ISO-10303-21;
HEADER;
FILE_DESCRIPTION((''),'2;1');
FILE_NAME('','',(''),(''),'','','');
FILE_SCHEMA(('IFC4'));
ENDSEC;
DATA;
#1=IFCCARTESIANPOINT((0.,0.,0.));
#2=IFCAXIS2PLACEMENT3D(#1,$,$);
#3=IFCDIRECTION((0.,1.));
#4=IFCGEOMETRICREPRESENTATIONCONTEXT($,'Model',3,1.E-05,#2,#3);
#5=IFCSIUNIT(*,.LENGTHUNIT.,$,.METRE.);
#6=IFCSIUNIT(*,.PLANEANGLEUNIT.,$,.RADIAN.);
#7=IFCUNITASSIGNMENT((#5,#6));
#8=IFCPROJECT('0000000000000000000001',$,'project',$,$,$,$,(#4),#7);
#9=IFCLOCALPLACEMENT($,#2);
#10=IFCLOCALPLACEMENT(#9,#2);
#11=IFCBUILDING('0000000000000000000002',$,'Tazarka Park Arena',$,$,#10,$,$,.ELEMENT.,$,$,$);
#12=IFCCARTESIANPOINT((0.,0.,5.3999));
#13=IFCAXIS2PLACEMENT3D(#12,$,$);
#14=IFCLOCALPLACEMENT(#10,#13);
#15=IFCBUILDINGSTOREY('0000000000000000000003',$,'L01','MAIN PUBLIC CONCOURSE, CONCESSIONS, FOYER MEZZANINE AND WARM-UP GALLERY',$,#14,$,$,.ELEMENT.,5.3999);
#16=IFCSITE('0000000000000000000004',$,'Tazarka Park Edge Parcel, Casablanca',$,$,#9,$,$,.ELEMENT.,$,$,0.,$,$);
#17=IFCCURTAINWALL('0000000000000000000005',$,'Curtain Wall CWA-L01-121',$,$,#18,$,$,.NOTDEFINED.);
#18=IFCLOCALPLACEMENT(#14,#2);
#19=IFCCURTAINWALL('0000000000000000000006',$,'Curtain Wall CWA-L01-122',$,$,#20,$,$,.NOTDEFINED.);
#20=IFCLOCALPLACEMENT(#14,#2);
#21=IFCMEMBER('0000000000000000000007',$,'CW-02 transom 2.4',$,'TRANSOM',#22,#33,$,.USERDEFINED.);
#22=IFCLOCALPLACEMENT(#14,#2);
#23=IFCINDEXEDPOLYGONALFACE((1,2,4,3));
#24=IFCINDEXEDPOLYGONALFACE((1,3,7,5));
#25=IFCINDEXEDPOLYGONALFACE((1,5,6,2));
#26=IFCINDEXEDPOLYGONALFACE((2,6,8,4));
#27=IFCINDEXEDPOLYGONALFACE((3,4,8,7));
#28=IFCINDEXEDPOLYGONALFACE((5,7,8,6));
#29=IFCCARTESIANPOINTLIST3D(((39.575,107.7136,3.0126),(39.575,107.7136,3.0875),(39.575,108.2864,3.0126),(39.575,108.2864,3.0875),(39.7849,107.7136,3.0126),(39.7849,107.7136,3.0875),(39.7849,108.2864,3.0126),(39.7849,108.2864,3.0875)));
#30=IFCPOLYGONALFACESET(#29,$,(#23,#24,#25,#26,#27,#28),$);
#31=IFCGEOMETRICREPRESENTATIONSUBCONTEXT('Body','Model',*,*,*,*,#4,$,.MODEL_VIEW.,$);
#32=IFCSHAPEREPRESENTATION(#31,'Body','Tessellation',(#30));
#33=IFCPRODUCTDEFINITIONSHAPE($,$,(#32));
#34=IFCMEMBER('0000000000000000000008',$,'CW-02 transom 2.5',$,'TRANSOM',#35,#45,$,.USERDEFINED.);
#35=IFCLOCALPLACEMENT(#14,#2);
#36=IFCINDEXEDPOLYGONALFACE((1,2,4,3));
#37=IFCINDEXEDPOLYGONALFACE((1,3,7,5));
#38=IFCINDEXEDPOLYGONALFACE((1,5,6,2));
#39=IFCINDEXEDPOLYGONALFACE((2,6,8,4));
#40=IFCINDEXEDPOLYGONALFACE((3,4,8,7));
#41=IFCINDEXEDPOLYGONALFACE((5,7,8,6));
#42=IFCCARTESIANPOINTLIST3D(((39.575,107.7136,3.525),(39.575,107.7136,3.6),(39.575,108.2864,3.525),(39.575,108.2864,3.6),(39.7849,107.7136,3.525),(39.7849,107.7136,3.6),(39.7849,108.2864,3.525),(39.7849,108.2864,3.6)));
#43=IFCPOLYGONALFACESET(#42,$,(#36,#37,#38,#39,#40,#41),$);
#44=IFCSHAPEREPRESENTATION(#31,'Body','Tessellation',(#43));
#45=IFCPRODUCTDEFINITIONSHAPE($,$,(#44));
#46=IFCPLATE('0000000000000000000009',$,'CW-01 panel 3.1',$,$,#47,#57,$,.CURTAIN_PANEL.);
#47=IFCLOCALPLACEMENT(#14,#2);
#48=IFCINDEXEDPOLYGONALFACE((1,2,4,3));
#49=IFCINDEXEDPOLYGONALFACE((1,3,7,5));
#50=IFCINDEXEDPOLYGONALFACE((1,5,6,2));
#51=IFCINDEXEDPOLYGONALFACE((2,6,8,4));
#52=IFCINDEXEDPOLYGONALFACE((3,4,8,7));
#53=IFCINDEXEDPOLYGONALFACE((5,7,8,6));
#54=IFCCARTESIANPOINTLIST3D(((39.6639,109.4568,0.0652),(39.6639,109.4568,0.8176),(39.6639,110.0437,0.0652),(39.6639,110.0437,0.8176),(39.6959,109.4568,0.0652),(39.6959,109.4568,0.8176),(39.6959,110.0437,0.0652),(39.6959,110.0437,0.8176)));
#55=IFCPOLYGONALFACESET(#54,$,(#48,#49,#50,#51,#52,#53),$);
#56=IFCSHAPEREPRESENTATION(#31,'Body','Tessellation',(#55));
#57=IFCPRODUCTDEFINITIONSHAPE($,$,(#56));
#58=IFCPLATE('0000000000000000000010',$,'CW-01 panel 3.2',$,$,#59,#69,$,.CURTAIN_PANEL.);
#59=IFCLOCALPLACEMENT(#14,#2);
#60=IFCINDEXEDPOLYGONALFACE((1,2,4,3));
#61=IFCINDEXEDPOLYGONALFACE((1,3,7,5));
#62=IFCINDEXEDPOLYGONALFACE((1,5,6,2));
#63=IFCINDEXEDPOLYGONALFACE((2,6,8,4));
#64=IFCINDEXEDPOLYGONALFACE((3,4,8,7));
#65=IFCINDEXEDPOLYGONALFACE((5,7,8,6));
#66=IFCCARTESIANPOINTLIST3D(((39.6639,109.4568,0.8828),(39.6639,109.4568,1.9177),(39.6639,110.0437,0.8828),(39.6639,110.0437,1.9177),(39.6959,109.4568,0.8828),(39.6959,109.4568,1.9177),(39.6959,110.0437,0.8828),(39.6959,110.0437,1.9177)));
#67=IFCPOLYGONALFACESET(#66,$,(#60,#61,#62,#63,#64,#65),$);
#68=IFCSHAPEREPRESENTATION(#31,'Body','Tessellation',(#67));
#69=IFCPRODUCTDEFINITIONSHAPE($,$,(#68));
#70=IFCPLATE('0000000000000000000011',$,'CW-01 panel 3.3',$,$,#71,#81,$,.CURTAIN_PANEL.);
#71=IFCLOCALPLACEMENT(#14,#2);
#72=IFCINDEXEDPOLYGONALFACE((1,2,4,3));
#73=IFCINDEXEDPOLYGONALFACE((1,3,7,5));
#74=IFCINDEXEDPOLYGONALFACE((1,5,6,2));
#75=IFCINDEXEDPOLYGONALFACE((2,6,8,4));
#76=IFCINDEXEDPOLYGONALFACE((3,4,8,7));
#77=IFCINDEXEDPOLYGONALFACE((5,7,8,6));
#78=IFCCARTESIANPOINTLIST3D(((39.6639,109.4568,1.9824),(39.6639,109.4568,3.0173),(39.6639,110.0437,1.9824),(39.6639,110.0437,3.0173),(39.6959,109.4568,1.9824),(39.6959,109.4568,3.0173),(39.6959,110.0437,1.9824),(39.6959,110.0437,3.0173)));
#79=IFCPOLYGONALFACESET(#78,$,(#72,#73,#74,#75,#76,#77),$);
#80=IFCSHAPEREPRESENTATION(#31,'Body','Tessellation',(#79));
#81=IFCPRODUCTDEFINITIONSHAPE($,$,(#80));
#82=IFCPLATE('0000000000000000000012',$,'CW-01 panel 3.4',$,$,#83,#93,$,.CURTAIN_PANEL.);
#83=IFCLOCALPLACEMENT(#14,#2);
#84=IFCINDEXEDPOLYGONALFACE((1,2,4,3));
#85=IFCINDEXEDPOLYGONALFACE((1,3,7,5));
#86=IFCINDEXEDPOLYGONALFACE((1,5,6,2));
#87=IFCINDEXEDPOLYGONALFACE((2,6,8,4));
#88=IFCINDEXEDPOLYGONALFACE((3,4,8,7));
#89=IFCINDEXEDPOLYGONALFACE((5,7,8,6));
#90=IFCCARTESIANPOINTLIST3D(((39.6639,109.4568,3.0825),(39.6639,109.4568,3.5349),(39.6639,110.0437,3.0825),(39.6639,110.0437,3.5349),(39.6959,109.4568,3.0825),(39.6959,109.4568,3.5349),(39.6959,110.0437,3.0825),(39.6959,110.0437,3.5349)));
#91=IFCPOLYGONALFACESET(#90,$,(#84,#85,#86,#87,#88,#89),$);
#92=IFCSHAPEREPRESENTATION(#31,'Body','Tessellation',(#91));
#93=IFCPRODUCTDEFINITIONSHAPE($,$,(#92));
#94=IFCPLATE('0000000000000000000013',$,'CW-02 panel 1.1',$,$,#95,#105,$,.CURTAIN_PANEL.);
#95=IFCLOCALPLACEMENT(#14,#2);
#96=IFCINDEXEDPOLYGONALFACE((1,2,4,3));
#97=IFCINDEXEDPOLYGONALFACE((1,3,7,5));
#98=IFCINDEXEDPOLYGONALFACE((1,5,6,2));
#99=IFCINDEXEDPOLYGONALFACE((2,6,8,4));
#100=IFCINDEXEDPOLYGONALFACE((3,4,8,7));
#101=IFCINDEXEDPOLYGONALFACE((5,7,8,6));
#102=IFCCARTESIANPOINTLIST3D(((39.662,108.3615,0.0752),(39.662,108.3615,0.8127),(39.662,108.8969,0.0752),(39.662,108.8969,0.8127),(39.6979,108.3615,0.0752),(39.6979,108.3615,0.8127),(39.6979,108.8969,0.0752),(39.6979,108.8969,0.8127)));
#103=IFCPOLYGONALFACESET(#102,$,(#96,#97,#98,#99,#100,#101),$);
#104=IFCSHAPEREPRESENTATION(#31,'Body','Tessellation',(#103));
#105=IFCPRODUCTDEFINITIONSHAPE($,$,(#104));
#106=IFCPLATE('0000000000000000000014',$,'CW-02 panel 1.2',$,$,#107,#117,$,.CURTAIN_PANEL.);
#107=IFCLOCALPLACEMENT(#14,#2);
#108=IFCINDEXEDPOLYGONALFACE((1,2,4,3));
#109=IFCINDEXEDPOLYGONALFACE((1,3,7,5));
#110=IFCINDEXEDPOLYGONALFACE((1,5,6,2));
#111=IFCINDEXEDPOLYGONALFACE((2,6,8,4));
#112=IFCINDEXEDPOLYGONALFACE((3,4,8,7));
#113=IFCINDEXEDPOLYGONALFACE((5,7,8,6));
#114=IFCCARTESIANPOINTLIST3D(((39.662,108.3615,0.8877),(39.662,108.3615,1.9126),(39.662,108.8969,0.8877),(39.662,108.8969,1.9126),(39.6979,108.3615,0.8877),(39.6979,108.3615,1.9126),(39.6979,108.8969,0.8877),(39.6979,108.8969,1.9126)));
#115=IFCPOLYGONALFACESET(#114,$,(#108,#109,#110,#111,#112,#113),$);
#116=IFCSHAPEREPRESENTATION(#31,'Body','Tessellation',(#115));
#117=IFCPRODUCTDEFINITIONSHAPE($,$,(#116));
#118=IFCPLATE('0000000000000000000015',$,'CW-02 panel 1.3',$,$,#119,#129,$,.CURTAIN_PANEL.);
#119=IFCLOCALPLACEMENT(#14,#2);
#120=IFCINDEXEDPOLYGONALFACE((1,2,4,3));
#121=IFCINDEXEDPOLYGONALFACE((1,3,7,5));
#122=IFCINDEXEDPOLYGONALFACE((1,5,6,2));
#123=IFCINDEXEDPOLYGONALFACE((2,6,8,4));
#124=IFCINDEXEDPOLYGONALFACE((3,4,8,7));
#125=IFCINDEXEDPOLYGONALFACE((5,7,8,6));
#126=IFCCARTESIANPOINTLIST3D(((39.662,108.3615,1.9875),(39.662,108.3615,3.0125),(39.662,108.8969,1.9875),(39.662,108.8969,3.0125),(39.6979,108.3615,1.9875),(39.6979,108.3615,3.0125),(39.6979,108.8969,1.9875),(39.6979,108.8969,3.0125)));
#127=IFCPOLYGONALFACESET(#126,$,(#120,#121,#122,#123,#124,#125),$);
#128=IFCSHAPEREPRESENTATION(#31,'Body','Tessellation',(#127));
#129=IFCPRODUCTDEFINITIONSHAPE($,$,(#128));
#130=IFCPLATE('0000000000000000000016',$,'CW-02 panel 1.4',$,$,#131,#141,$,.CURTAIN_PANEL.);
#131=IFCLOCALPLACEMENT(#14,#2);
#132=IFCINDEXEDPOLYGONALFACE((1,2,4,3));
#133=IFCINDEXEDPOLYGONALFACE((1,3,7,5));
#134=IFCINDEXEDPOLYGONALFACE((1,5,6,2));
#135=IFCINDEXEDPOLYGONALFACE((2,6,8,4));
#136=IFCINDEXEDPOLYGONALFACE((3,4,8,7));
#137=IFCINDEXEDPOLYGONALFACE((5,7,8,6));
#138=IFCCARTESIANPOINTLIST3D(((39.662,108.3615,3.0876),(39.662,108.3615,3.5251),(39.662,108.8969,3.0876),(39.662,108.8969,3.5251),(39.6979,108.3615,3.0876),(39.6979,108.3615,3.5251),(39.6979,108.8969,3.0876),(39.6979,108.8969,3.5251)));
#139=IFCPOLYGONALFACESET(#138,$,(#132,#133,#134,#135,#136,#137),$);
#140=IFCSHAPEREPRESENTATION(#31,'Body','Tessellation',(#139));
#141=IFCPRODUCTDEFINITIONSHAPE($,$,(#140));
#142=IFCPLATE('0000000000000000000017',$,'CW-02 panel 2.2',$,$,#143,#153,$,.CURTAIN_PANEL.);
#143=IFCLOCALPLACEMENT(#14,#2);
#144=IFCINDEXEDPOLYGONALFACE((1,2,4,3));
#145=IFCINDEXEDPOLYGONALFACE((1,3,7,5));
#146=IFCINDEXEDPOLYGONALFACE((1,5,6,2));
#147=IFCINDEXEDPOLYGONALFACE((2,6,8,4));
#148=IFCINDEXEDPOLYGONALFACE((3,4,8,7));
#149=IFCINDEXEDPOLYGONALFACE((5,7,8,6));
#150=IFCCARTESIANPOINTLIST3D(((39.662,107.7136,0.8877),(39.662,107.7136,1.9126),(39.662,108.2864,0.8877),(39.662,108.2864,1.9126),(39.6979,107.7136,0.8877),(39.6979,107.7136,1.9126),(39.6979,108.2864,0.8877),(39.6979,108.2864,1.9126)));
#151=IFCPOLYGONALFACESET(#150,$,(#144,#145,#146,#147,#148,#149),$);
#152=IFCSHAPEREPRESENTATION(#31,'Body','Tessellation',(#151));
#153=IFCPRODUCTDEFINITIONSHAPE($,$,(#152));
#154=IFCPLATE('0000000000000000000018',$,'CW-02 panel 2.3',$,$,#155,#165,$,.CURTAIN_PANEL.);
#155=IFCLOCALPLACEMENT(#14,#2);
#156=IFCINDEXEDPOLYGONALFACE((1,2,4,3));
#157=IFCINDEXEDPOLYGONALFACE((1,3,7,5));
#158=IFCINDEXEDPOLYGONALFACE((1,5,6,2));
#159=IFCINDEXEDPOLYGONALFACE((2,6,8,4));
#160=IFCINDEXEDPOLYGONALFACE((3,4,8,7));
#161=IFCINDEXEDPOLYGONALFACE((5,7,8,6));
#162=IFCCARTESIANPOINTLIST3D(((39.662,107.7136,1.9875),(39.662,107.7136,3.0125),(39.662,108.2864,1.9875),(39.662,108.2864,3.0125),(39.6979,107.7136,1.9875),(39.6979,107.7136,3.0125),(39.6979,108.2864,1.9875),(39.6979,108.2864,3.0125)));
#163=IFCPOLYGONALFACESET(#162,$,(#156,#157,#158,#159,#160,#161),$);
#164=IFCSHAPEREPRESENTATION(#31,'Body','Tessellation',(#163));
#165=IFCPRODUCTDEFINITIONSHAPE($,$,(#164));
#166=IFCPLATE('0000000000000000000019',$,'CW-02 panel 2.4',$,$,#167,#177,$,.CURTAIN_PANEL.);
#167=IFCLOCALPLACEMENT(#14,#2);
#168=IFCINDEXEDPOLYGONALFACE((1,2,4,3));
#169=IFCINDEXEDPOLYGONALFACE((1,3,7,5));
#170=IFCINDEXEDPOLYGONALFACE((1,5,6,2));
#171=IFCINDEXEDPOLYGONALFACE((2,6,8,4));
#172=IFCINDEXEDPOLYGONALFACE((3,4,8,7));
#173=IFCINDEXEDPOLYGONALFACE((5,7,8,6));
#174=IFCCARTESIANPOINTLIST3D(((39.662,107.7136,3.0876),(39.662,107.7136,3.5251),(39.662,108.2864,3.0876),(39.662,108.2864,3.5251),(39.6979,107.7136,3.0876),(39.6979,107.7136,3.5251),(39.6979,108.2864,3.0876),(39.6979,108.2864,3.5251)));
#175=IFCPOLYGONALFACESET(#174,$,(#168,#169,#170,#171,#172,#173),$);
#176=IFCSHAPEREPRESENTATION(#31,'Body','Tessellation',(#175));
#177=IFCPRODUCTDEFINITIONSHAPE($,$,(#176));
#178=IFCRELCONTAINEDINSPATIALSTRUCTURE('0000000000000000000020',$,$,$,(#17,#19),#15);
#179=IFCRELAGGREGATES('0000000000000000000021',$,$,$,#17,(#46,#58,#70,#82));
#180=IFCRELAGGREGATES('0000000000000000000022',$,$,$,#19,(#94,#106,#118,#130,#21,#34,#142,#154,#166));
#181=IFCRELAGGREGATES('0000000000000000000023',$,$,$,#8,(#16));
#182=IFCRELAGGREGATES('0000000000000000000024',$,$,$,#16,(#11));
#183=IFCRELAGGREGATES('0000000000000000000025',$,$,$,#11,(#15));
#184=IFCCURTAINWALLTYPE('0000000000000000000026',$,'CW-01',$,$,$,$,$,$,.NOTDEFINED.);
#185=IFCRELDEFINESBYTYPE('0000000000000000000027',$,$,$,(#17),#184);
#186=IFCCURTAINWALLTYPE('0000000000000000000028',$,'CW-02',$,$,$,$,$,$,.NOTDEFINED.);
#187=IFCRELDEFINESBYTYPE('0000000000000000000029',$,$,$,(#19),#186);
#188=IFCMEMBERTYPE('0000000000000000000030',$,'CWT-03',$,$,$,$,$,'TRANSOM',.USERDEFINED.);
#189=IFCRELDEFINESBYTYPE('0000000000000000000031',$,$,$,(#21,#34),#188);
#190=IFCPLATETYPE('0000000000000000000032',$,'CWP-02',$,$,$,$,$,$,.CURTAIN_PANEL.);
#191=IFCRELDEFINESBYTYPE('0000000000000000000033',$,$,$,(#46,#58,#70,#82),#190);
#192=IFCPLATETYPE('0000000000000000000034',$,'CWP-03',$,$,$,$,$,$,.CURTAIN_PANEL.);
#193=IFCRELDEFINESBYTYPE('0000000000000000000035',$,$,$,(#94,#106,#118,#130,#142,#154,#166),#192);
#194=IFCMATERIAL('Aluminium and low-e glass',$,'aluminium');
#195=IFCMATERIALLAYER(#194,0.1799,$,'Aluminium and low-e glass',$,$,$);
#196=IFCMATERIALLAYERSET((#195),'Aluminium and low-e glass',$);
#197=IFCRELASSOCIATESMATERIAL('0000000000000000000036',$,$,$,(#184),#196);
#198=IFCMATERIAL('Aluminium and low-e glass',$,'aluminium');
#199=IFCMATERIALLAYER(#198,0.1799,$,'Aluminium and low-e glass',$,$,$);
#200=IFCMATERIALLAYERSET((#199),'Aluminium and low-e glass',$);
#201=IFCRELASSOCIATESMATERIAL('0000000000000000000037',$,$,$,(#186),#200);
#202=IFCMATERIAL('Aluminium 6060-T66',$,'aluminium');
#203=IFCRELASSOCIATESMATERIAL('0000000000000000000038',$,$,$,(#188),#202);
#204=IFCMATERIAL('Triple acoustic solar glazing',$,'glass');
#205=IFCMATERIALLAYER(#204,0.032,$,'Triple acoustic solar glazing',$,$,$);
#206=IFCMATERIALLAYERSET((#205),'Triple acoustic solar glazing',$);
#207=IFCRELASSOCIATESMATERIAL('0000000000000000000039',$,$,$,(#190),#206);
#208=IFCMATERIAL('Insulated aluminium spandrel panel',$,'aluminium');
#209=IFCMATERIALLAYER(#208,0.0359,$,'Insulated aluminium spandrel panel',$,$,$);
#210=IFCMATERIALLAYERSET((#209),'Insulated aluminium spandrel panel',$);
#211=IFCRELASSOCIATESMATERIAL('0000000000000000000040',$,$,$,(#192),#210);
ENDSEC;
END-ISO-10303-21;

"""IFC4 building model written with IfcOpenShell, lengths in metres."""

from ifc_helpers import new_model, si_unit, direction, frame, origin, origin_2d, place, context, subcontext, project, spatial, rectangle, extrude, material, layer, layer_set, material_profile, profile_set, type_object, element, aggregate, save


model = new_model("IFC4")

# Units and contexts
model_context = context("Model", 3, precision=1e-05, world=origin(), true_north=direction((0.0, 1.0)))
body_context = subcontext(model_context, "Body", "Model", "MODEL_VIEW")
ifc_project = project(units=[si_unit("LENGTHUNIT", "METRE"), si_unit("PLANEANGLEUNIT", "RADIAN")], contexts=[model_context])

# Site, building, storey
site_placement = place(None, origin())
site = spatial("IfcSite", under=ifc_project, at=site_placement, Name="Tazarka Park Edge Parcel, Casablanca", CompositionType="ELEMENT", RefElevation=0.0)
building_placement = place(site_placement, origin())
building = spatial("IfcBuilding", under=site, at=building_placement, Name="Tazarka Park Arena", CompositionType="ELEMENT")
storey_placement = place(building_placement, frame((0.0, 0.0, 5.3999)))
storey = spatial("IfcBuildingStorey", under=building, at=storey_placement, Name="L01", Description="MAIN PUBLIC CONCOURSE, CONCESSIONS, FOYER MEZZANINE AND WARM-UP GALLERY", CompositionType="ELEMENT", Elevation=5.3999)

# Curtain wall
ifc_material_1 = material(Name="Aluminium and low-e glass", Category="aluminium")
ifc_layer_1 = layer(ifc_material_1, 0.1799, Name="Aluminium and low-e glass")
ifc_layer_set_1 = layer_set([ifc_layer_1], Name="Aluminium and low-e glass")
curtain_wall_type_1 = type_object("IfcCurtainWallType", Name="CW-01", PredefinedType="NOTDEFINED", material=ifc_layer_set_1)
curtain_wall_1_placement = place(storey_placement, origin())
curtain_wall_1 = element("IfcCurtainWall", 1, at=curtain_wall_1_placement, inside=storey, type_object=curtain_wall_type_1, Name="Curtain Wall CWA-L01-121", PredefinedType="NOTDEFINED")

# Curtain wall
ifc_material_2 = material(Name="Aluminium and low-e glass", Category="aluminium")
ifc_layer_2 = layer(ifc_material_2, 0.1799, Name="Aluminium and low-e glass")
ifc_layer_set_2 = layer_set([ifc_layer_2], Name="Aluminium and low-e glass")
curtain_wall_type_2 = type_object("IfcCurtainWallType", Name="CW-02", PredefinedType="NOTDEFINED", material=ifc_layer_set_2)
curtain_wall_2_placement = place(storey_placement, origin())
curtain_wall_2 = element("IfcCurtainWall", 2, at=curtain_wall_2_placement, inside=storey, type_object=curtain_wall_type_2, Name="Curtain Wall CWA-L01-122", PredefinedType="NOTDEFINED")

# Members
ifc_material_3 = material(Name="Aluminium 6060-T66", Category="aluminium")
ifc_material_profile_1 = material_profile(ifc_material_3, rectangle(XDim=0.21, YDim=0.075, at=origin_2d()), Name="Aluminium 6060-T66")
ifc_profile_set_1 = profile_set([ifc_material_profile_1], Name="Aluminium 6060-T66")
member_type_1 = type_object("IfcMemberType", Name="CWT-03", ElementType="TRANSOM", PredefinedType="USERDEFINED", material=ifc_profile_set_1)
member_1_placement = place(storey_placement, frame((39.6799, 108.2864, 3.05), z_axis=(0.0, -1.0, 0.0), x_axis=(1.0, 0.0, 0.0)))
member_1 = element("IfcMember", 3, at=member_1_placement, type_object=member_type_1, Name="CW-02 transom 2.4", ObjectType="TRANSOM", PredefinedType="USERDEFINED", context=body_context, shape_type="SweptSolid", body=[
    extrude(rectangle(XDim=0.21, YDim=0.075, at=origin_2d()), origin(), (0.0, 0.0, 1.0), 0.5728),
])
member_2_placement = place(storey_placement, frame((39.6799, 108.2864, 3.5625), z_axis=(0.0, -1.0, 0.0), x_axis=(1.0, 0.0, 0.0)))
member_2 = element("IfcMember", 4, at=member_2_placement, type_object=member_type_1, Name="CW-02 transom 2.5", ObjectType="TRANSOM", PredefinedType="USERDEFINED", context=body_context, shape_type="SweptSolid", body=[
    extrude(rectangle(XDim=0.21, YDim=0.075, at=origin_2d()), origin(), (0.0, 0.0, 1.0), 0.5728),
])

# Plates
ifc_material_4 = material(Name="Triple acoustic solar glazing", Category="glass")
ifc_layer_3 = layer(ifc_material_4, 0.032, Name="Triple acoustic solar glazing")
ifc_layer_set_3 = layer_set([ifc_layer_3], Name="Triple acoustic solar glazing")
plate_type_1 = type_object("IfcPlateType", Name="CWP-02", PredefinedType="CURTAIN_PANEL", material=ifc_layer_set_3)
plate_1_placement = place(storey_placement, frame((39.6799, 109.7502, 0.0652), z_axis=(0.0, 0.0, 1.0), x_axis=(0.0, -1.0, 0.0)))
plate_1 = element("IfcPlate", 5, at=plate_1_placement, type_object=plate_type_1, Name="CW-01 panel 3.1", PredefinedType="CURTAIN_PANEL", context=body_context, shape_type="SweptSolid", body=[
    extrude(rectangle(XDim=0.5869, YDim=0.032, at=origin_2d()), origin(), (0.0, 0.0, 1.0), 0.7524),
])
plate_2_placement = place(storey_placement, frame((39.6799, 109.7502, 0.8828), z_axis=(0.0, 0.0, 1.0), x_axis=(0.0, -1.0, 0.0)))
plate_2 = element("IfcPlate", 6, at=plate_2_placement, type_object=plate_type_1, Name="CW-01 panel 3.2", PredefinedType="CURTAIN_PANEL", context=body_context, shape_type="SweptSolid", body=[
    extrude(rectangle(XDim=0.5869, YDim=0.032, at=origin_2d()), origin(), (0.0, 0.0, 1.0), 1.0349),
])
plate_3_placement = place(storey_placement, frame((39.6799, 109.7502, 1.9824), z_axis=(0.0, 0.0, 1.0), x_axis=(0.0, -1.0, 0.0)))
plate_3 = element("IfcPlate", 7, at=plate_3_placement, type_object=plate_type_1, Name="CW-01 panel 3.3", PredefinedType="CURTAIN_PANEL", context=body_context, shape_type="SweptSolid", body=[
    extrude(rectangle(XDim=0.5869, YDim=0.032, at=origin_2d()), origin(), (0.0, 0.0, 1.0), 1.0349),
])
plate_4_placement = place(storey_placement, frame((39.6799, 109.7502, 3.0825), z_axis=(0.0, 0.0, 1.0), x_axis=(0.0, -1.0, 0.0)))
plate_4 = element("IfcPlate", 8, at=plate_4_placement, type_object=plate_type_1, Name="CW-01 panel 3.4", PredefinedType="CURTAIN_PANEL", context=body_context, shape_type="SweptSolid", body=[
    extrude(rectangle(XDim=0.5869, YDim=0.032, at=origin_2d()), origin(), (0.0, 0.0, 1.0), 0.4524),
])
aggregate(curtain_wall_1, [plate_1, plate_2, plate_3, plate_4])
ifc_material_5 = material(Name="Insulated aluminium spandrel panel", Category="aluminium")
ifc_layer_4 = layer(ifc_material_5, 0.0359, Name="Insulated aluminium spandrel panel")
ifc_layer_set_4 = layer_set([ifc_layer_4], Name="Insulated aluminium spandrel panel")
plate_type_2 = type_object("IfcPlateType", Name="CWP-03", PredefinedType="CURTAIN_PANEL", material=ifc_layer_set_4)
plate_5_placement = place(storey_placement, frame((39.6799, 108.6292, 0.0752), z_axis=(0.0, 0.0, 1.0), x_axis=(0.0, -1.0, 0.0)))
plate_5 = element("IfcPlate", 9, at=plate_5_placement, type_object=plate_type_2, Name="CW-02 panel 1.1", PredefinedType="CURTAIN_PANEL", context=body_context, shape_type="SweptSolid", body=[
    extrude(rectangle(XDim=0.5354, YDim=0.0359, at=origin_2d()), origin(), (0.0, 0.0, 1.0), 0.7375),
])
plate_6_placement = place(storey_placement, frame((39.6799, 108.6292, 0.8877), z_axis=(0.0, 0.0, 1.0), x_axis=(0.0, -1.0, 0.0)))
plate_6 = element("IfcPlate", 10, at=plate_6_placement, type_object=plate_type_2, Name="CW-02 panel 1.2", PredefinedType="CURTAIN_PANEL", context=body_context, shape_type="SweptSolid", body=[
    extrude(rectangle(XDim=0.5354, YDim=0.0359, at=origin_2d()), origin(), (0.0, 0.0, 1.0), 1.0249),
])
plate_7_placement = place(storey_placement, frame((39.6799, 108.6292, 1.9875), z_axis=(0.0, 0.0, 1.0), x_axis=(0.0, -1.0, 0.0)))
plate_7 = element("IfcPlate", 11, at=plate_7_placement, type_object=plate_type_2, Name="CW-02 panel 1.3", PredefinedType="CURTAIN_PANEL", context=body_context, shape_type="SweptSolid", body=[
    extrude(rectangle(XDim=0.5354, YDim=0.0359, at=origin_2d()), origin(), (0.0, 0.0, 1.0), 1.0249),
])
plate_8_placement = place(storey_placement, frame((39.6799, 108.6292, 3.0876), z_axis=(0.0, 0.0, 1.0), x_axis=(0.0, -1.0, 0.0)))
plate_8 = element("IfcPlate", 12, at=plate_8_placement, type_object=plate_type_2, Name="CW-02 panel 1.4", PredefinedType="CURTAIN_PANEL", context=body_context, shape_type="SweptSolid", body=[
    extrude(rectangle(XDim=0.5354, YDim=0.0359, at=origin_2d()), origin(), (0.0, 0.0, 1.0), 0.4375),
])
plate_9_placement = place(storey_placement, frame((39.6799, 108.0, 0.8877), z_axis=(0.0, 0.0, 1.0), x_axis=(0.0, -1.0, 0.0)))
plate_9 = element("IfcPlate", 13, at=plate_9_placement, type_object=plate_type_2, Name="CW-02 panel 2.2", PredefinedType="CURTAIN_PANEL", context=body_context, shape_type="SweptSolid", body=[
    extrude(rectangle(XDim=0.5728, YDim=0.0359, at=origin_2d()), origin(), (0.0, 0.0, 1.0), 1.0249),
])
plate_10_placement = place(storey_placement, frame((39.6799, 108.0, 1.9875), z_axis=(0.0, 0.0, 1.0), x_axis=(0.0, -1.0, 0.0)))
plate_10 = element("IfcPlate", 14, at=plate_10_placement, type_object=plate_type_2, Name="CW-02 panel 2.3", PredefinedType="CURTAIN_PANEL", context=body_context, shape_type="SweptSolid", body=[
    extrude(rectangle(XDim=0.5728, YDim=0.0359, at=origin_2d()), origin(), (0.0, 0.0, 1.0), 1.0249),
])
plate_11_placement = place(storey_placement, frame((39.6799, 108.0, 3.0876), z_axis=(0.0, 0.0, 1.0), x_axis=(0.0, -1.0, 0.0)))
plate_11 = element("IfcPlate", 15, at=plate_11_placement, type_object=plate_type_2, Name="CW-02 panel 2.4", PredefinedType="CURTAIN_PANEL", context=body_context, shape_type="SweptSolid", body=[
    extrude(rectangle(XDim=0.5728, YDim=0.0359, at=origin_2d()), origin(), (0.0, 0.0, 1.0), 0.4375),
])
aggregate(curtain_wall_2, [plate_5, plate_6, plate_7, plate_8, member_1, member_2, plate_9, plate_10, plate_11])

save(model, "model.ifc")
